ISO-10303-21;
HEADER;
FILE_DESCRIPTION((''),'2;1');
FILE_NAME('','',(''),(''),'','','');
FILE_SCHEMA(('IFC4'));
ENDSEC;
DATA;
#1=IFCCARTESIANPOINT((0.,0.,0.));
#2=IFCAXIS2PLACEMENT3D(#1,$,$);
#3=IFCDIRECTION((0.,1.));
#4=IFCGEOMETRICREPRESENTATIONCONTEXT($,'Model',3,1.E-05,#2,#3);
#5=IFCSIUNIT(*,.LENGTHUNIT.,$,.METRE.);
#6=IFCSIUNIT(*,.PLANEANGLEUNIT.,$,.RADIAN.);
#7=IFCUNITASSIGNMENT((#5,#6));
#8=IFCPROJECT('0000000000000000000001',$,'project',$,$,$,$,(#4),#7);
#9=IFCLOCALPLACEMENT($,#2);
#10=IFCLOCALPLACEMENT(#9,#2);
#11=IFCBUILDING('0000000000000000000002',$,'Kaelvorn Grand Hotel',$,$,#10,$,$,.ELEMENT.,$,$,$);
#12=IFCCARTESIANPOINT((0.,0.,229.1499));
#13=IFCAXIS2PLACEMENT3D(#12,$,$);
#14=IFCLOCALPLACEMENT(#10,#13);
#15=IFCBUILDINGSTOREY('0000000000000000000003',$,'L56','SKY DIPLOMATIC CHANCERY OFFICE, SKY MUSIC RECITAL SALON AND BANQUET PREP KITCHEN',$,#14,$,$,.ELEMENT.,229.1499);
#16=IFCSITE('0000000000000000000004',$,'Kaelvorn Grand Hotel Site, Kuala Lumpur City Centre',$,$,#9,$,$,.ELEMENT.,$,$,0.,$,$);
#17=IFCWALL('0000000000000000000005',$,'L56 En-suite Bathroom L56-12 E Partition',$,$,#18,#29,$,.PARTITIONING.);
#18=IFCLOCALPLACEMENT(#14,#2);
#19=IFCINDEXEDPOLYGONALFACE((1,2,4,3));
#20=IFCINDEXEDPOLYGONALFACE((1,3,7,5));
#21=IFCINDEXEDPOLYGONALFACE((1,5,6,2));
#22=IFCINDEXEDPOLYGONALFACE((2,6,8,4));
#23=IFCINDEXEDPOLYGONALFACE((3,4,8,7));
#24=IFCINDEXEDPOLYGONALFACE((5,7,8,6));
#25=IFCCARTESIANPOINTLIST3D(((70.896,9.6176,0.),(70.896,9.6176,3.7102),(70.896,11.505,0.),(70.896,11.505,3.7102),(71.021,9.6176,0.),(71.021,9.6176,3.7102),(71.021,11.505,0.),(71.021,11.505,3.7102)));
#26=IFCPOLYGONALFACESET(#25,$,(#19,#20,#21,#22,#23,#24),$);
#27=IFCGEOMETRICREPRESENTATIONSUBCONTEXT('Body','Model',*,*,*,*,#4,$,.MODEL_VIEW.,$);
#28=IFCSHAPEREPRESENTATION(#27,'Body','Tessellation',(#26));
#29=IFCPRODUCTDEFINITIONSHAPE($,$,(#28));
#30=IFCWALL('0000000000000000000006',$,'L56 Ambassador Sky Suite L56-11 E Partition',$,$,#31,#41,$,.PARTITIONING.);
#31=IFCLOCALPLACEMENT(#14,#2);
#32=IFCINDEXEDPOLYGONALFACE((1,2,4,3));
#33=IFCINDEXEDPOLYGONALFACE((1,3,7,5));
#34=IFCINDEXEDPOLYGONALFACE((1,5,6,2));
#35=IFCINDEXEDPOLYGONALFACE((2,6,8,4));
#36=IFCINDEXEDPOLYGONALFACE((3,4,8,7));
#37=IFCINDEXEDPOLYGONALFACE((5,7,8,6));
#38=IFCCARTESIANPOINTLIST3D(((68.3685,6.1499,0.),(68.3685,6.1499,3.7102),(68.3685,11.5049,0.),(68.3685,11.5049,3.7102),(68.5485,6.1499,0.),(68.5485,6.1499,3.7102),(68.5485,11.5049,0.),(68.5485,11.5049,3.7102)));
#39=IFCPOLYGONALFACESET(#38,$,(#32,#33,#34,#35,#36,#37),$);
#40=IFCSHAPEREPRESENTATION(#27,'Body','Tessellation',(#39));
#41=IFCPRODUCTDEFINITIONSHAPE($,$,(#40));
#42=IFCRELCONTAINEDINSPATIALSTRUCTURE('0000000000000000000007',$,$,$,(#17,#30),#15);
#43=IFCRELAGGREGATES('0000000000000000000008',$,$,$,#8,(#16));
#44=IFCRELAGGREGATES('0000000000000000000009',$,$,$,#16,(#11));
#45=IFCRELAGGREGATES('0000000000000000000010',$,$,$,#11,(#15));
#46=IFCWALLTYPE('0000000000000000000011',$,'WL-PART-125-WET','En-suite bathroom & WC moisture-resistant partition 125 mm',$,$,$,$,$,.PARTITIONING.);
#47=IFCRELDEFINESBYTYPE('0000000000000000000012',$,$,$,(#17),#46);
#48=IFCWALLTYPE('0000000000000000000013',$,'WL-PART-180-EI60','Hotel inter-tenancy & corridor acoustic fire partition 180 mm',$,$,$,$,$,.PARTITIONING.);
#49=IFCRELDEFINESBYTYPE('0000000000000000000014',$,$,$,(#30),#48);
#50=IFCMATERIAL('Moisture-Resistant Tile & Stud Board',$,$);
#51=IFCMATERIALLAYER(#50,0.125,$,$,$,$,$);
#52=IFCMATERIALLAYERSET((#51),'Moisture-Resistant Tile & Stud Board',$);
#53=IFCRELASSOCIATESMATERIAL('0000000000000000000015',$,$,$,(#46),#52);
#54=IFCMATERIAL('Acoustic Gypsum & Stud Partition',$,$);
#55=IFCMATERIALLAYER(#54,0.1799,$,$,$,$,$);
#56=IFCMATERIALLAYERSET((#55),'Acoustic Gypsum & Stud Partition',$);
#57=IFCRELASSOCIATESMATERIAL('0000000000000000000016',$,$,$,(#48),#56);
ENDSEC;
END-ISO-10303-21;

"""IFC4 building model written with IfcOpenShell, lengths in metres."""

from ifc_helpers import new_model, si_unit, direction, frame, frame_2d, origin, place, context, subcontext, project, spatial, rectangle, extrude, material, layer, layer_set, type_object, element, save


model = new_model("IFC4")

# Units and contexts
model_context = context("Model", 3, precision=1e-05, world=origin(), true_north=direction((0.0, 1.0)))
body_context = subcontext(model_context, "Body", "Model", "MODEL_VIEW")
ifc_project = project(units=[si_unit("LENGTHUNIT", "METRE"), si_unit("PLANEANGLEUNIT", "RADIAN")], contexts=[model_context])

# Site, building, storey
site_placement = place(None, origin())
site = spatial("IfcSite", under=ifc_project, at=site_placement, Name="Kaelvorn Grand Hotel Site, Kuala Lumpur City Centre", CompositionType="ELEMENT", RefElevation=0.0)
building_placement = place(site_placement, origin())
building = spatial("IfcBuilding", under=site, at=building_placement, Name="Kaelvorn Grand Hotel", CompositionType="ELEMENT")
storey_placement = place(building_placement, frame((0.0, 0.0, 229.1499)))
storey = spatial("IfcBuildingStorey", under=building, at=storey_placement, Name="L56", Description="SKY DIPLOMATIC CHANCERY OFFICE, SKY MUSIC RECITAL SALON AND BANQUET PREP KITCHEN", CompositionType="ELEMENT", Elevation=229.1499)

# Shared definitions
ifc_material_1 = material(Name="Moisture-Resistant Tile & Stud Board")
ifc_layer_1 = layer(ifc_material_1, 0.125)
ifc_layer_set_1 = layer_set([ifc_layer_1], Name="Moisture-Resistant Tile & Stud Board")
wall_type_1 = type_object("IfcWallType", Name="WL-PART-125-WET", Description="En-suite bathroom & WC moisture-resistant partition 125 mm", PredefinedType="PARTITIONING", material=ifc_layer_set_1)

# Walls
wall_1_placement = place(storey_placement, frame((70.9585, 9.6174, 0.0), z_axis=(0.0, 0.0, 1.0), x_axis=(0.0, 1.0, 0.0)))
element("IfcWall", 1, at=wall_1_placement, inside=storey, type_object=wall_type_1, Name="L56 En-suite Bathroom L56-12 E Partition", PredefinedType="PARTITIONING", context=body_context, shape_type="SweptSolid", body=[
    extrude(rectangle(XDim=1.8875, YDim=0.125, at=frame_2d((0.9438, 0.0))), origin(), (0.0, 0.0, 1.0), 3.7102),
])
ifc_material_2 = material(Name="Acoustic Gypsum & Stud Partition")
ifc_layer_2 = layer(ifc_material_2, 0.1799)
ifc_layer_set_2 = layer_set([ifc_layer_2], Name="Acoustic Gypsum & Stud Partition")
wall_type_2 = type_object("IfcWallType", Name="WL-PART-180-EI60", Description="Hotel inter-tenancy & corridor acoustic fire partition 180 mm", PredefinedType="PARTITIONING", material=ifc_layer_set_2)
wall_2_placement = place(storey_placement, frame((68.4585, 6.1499, 0.0), z_axis=(0.0, 0.0, 1.0), x_axis=(0.0, 1.0, 0.0)))
element("IfcWall", 2, at=wall_2_placement, inside=storey, type_object=wall_type_2, Name="L56 Ambassador Sky Suite L56-11 E Partition", PredefinedType="PARTITIONING", context=body_context, shape_type="SweptSolid", body=[
    extrude(rectangle(XDim=5.355, YDim=0.1799, at=frame_2d((2.6775, 0.0))), origin(), (0.0, 0.0, 1.0), 3.7102),
])

save(model, "model.ifc")
